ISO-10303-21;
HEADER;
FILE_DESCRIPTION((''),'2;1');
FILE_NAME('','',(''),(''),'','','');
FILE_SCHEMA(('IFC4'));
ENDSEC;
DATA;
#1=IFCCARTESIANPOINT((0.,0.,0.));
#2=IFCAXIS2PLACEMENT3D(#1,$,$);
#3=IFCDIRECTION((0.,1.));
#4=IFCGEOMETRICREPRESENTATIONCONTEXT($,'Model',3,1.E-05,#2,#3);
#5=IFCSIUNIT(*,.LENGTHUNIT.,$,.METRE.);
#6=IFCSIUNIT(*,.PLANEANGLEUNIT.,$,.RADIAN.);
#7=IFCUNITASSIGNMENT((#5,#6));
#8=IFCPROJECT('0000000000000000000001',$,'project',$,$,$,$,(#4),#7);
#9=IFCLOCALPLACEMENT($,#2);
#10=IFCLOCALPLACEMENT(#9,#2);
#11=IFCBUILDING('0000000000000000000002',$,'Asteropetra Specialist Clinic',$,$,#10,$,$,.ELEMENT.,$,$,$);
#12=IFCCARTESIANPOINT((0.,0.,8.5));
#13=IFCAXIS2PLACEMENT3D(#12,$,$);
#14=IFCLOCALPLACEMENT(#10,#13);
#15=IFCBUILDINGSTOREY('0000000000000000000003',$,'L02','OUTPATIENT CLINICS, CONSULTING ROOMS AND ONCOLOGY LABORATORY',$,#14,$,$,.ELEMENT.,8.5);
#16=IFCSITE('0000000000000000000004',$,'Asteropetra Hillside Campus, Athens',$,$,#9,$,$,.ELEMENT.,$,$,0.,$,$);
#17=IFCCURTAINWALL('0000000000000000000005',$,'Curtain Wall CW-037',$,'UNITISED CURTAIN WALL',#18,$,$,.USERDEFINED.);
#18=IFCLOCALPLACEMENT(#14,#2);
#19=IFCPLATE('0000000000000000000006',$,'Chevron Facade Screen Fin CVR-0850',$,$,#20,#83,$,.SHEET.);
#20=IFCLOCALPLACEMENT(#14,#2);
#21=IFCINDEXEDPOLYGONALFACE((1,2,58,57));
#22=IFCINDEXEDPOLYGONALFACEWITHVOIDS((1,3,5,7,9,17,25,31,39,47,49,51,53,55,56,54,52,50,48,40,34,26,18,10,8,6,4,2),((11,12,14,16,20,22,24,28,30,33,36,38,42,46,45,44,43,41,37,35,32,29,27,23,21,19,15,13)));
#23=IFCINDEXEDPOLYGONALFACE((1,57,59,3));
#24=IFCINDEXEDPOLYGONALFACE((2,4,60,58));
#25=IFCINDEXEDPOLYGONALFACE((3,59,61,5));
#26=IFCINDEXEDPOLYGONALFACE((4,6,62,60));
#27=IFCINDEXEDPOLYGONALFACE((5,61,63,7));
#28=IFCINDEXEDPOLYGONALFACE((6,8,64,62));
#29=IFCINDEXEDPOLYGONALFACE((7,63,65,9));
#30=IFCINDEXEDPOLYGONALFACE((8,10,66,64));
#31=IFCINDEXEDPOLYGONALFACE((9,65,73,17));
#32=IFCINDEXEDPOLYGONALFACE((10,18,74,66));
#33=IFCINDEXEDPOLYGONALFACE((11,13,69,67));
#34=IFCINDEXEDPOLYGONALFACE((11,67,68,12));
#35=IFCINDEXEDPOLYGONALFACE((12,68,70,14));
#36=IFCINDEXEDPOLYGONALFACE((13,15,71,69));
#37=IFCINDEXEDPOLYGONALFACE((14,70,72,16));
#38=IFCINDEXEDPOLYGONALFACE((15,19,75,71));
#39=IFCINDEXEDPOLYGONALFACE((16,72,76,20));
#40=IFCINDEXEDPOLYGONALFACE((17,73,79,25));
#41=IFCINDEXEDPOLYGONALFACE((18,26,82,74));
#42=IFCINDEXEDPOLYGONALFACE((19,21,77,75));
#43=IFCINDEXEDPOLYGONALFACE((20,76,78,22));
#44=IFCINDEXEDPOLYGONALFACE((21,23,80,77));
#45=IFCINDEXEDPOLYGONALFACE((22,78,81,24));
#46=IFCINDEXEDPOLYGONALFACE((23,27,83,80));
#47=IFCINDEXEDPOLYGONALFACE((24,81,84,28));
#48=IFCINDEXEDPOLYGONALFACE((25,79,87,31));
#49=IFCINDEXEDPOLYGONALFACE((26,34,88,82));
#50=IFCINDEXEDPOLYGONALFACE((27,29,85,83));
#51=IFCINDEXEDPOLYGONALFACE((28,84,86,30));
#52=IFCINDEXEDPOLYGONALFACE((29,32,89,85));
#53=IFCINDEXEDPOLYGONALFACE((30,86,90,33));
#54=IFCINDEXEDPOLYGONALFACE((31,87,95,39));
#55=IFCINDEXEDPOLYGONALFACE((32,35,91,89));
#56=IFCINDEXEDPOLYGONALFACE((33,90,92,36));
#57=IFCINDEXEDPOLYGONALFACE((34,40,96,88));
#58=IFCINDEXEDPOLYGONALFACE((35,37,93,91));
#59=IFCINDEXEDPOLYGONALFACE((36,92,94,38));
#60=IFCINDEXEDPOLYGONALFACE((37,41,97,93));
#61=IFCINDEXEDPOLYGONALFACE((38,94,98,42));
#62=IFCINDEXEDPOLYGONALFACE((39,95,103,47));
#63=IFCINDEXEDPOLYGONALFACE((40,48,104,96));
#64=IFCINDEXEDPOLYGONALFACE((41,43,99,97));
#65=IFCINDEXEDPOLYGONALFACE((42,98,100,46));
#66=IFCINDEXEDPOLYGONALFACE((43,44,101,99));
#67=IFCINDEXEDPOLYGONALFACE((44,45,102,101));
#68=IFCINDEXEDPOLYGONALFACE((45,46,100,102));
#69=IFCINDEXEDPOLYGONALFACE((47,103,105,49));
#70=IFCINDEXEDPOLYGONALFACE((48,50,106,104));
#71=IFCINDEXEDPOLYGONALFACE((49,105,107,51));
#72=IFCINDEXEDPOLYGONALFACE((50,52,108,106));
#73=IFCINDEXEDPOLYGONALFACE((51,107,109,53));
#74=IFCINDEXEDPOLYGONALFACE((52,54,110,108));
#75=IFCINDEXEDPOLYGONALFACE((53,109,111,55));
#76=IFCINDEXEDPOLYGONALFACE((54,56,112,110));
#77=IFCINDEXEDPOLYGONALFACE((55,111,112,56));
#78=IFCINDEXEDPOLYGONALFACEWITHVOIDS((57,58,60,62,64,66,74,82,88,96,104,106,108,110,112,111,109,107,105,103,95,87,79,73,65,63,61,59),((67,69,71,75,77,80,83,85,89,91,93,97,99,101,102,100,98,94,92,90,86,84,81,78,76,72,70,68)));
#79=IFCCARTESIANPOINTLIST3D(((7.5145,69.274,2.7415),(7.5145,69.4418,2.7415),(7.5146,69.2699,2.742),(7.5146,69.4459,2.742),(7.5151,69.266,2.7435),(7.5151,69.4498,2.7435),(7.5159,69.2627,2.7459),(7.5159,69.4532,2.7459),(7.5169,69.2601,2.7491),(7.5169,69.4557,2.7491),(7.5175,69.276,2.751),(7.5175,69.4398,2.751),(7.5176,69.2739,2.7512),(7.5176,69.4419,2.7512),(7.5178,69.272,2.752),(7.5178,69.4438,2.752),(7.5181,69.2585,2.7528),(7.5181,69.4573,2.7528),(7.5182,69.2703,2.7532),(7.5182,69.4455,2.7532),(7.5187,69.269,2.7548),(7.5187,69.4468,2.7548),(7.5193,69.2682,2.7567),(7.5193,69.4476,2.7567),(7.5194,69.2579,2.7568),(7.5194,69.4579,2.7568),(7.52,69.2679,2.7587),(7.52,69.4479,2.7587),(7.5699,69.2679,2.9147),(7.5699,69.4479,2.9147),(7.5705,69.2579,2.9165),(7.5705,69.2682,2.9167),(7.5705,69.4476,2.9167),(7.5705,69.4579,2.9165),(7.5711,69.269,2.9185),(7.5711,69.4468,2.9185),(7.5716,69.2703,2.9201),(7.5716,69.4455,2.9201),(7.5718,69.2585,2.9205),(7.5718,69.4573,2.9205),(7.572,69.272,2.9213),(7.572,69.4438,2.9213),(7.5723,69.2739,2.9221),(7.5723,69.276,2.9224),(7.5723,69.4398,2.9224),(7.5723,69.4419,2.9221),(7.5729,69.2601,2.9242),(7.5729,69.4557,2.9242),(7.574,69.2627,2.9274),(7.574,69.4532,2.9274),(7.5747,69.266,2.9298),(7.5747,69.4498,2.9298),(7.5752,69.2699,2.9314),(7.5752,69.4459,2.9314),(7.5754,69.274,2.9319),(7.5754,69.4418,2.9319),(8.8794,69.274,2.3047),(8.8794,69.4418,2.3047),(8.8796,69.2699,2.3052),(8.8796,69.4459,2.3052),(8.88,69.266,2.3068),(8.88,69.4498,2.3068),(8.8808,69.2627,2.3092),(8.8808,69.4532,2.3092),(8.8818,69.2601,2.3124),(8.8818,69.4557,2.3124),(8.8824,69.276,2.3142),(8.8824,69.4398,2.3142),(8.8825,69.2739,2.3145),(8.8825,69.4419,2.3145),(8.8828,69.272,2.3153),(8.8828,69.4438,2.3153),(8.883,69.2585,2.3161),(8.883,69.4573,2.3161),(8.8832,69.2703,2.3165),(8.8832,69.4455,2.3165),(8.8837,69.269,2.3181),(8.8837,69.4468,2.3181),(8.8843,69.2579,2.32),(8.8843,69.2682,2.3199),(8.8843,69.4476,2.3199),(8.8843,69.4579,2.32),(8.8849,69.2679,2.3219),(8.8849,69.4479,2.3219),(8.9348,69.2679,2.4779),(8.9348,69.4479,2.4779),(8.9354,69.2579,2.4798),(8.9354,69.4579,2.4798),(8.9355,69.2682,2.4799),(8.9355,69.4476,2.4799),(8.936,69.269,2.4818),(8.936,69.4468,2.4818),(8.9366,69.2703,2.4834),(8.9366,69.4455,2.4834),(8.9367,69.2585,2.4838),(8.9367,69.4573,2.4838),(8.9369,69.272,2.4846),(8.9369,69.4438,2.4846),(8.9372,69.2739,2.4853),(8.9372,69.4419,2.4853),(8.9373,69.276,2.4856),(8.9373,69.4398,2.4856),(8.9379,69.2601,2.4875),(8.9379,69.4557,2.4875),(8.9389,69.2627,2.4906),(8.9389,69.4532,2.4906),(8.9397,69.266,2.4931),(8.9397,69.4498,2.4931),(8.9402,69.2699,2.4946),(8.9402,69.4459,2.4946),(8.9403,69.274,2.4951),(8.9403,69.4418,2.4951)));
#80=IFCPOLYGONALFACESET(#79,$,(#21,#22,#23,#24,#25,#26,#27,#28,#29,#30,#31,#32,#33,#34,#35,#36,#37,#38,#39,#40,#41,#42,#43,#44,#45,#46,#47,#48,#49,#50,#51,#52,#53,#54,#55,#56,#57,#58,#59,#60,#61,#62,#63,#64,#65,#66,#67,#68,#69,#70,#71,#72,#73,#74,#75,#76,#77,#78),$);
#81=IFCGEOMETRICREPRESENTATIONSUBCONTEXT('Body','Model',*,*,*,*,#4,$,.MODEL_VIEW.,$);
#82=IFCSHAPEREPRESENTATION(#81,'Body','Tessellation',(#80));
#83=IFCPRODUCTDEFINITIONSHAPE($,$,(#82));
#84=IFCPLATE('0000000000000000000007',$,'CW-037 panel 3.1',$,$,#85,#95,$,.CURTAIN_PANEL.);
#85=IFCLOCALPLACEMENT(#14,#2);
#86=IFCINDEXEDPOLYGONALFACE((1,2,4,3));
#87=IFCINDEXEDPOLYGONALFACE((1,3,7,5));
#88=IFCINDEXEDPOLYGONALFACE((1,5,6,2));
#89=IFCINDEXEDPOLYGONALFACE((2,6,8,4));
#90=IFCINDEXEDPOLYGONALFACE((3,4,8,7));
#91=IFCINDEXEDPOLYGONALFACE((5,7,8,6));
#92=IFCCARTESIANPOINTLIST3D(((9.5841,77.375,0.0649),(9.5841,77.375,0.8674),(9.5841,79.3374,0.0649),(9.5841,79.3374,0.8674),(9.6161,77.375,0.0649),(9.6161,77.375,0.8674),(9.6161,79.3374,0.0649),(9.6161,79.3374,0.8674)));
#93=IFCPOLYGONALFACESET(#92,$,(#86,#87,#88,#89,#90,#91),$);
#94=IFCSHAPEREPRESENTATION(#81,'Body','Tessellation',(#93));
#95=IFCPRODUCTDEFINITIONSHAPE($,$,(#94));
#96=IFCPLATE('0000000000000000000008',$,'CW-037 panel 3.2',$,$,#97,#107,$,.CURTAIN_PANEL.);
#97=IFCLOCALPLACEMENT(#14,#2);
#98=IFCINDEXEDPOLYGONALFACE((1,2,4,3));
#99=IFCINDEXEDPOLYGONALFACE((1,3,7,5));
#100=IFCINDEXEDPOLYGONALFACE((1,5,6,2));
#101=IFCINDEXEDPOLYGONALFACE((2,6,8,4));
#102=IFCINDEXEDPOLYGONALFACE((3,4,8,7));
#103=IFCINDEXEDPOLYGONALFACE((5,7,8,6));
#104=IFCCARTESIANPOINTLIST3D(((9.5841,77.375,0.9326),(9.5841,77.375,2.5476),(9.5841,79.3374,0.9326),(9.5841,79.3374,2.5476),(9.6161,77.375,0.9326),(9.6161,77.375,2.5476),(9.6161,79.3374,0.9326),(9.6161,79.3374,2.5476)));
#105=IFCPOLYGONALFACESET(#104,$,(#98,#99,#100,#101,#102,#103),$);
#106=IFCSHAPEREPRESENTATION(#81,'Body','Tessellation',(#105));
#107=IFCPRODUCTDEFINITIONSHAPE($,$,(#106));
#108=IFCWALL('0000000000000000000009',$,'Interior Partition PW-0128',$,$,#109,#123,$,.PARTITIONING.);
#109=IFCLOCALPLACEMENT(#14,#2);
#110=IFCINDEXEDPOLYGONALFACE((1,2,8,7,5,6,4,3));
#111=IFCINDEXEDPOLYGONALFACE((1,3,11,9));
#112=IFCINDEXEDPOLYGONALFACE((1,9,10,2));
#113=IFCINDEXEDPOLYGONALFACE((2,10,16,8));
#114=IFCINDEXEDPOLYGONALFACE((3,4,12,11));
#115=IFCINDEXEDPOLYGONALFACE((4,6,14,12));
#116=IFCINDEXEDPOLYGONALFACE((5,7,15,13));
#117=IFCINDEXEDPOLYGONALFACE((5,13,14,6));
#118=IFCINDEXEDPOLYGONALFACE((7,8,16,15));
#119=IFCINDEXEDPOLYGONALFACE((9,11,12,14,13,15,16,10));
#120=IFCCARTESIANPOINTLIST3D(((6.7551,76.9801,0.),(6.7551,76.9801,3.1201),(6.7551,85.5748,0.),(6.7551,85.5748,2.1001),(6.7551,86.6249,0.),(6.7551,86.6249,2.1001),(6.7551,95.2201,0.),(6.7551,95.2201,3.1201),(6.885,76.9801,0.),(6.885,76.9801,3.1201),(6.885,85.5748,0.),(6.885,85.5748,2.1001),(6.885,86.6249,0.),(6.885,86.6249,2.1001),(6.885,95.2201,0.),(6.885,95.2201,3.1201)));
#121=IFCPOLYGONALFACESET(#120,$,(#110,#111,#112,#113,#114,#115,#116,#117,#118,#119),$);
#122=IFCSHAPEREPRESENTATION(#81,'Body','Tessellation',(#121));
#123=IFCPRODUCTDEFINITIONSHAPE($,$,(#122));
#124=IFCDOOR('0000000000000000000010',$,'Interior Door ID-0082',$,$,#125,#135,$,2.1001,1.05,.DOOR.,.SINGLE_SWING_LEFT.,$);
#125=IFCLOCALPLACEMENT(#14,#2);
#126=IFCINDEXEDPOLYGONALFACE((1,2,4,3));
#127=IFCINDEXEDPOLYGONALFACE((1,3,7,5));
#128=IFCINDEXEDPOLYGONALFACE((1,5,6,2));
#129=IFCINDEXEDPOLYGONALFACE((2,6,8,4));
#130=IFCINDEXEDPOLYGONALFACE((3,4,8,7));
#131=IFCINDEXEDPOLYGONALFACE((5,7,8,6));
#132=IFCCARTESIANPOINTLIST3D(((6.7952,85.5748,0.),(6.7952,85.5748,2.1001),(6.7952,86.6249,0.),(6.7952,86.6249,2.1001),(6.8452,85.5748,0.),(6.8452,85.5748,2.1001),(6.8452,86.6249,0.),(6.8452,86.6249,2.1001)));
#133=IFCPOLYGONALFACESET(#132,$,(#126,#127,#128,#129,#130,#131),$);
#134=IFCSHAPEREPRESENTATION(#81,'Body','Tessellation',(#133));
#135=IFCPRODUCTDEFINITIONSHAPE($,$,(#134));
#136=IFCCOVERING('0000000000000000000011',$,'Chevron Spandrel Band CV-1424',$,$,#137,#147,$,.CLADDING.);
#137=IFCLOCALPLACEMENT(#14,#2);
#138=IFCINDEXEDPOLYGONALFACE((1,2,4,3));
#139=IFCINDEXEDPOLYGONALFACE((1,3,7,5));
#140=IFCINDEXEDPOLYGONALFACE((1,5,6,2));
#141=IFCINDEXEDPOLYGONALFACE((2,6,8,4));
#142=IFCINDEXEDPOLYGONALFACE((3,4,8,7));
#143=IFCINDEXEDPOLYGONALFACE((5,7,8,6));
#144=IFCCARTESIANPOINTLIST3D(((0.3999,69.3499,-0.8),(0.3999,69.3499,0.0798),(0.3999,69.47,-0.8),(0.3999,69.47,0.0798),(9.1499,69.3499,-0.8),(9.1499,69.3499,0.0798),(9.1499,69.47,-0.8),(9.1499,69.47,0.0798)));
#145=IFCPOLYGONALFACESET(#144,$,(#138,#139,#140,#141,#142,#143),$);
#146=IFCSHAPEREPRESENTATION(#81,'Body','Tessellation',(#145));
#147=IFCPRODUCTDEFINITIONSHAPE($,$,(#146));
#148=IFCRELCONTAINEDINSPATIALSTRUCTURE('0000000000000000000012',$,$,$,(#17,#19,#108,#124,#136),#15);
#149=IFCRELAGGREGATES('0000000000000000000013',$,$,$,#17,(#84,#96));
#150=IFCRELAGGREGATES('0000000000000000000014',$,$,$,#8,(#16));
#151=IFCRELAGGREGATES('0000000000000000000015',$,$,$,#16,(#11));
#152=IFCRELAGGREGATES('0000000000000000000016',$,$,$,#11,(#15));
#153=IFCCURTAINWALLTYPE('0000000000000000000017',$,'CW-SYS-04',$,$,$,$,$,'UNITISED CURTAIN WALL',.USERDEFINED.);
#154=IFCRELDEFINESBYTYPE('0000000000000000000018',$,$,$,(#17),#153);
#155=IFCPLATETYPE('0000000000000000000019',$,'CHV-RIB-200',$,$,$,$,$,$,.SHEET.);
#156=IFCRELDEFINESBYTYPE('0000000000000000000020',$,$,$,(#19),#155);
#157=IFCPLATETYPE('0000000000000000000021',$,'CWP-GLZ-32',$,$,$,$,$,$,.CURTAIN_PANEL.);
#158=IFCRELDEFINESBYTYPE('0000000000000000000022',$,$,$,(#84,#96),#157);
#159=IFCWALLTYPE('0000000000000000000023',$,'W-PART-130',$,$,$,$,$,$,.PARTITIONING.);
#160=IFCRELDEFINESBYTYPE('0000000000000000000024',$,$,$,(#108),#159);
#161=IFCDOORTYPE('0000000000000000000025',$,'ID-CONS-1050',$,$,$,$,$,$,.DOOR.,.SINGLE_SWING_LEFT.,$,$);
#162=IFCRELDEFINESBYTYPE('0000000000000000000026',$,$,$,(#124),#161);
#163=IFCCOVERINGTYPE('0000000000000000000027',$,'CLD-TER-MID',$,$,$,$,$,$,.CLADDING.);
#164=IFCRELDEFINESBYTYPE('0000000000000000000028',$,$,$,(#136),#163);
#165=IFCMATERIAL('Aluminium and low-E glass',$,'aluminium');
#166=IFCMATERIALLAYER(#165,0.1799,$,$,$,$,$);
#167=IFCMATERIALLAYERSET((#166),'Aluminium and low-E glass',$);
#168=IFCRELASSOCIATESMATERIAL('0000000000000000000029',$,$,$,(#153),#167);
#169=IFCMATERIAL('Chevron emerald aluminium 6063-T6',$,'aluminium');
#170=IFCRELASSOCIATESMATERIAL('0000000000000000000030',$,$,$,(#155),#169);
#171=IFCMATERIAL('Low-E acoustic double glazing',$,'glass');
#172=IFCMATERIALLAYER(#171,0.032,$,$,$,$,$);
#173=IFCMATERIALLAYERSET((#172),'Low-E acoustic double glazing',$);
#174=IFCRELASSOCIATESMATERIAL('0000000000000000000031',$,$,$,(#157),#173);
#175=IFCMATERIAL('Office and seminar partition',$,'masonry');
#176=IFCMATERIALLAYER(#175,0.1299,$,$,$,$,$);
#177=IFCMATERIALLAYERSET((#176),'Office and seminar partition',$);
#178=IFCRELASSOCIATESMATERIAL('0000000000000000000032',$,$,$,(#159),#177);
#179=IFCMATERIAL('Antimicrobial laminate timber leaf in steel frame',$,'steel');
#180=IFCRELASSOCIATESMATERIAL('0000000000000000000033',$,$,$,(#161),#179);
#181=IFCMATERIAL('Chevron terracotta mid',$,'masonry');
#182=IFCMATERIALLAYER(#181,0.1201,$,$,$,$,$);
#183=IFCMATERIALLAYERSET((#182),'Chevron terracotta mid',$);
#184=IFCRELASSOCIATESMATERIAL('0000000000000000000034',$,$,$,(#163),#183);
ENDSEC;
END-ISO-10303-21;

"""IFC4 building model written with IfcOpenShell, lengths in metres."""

from ifc_helpers import new_model, si_unit, direction, frame, frame_2d, origin, origin_2d, place, context, subcontext, project, spatial, rectangle, hollow_rectangle, extrude, material, layer, layer_set, material_profile, profile_set, type_object, element, fill, aggregate, save


model = new_model("IFC4")

# Units and contexts
model_context = context("Model", 3, precision=1e-05, world=origin(), true_north=direction((0.0, 1.0)))
body_context = subcontext(model_context, "Body", "Model", "MODEL_VIEW")
ifc_project = project(units=[si_unit("LENGTHUNIT", "METRE"), si_unit("PLANEANGLEUNIT", "RADIAN")], contexts=[model_context])

# Site, building, storey
site_placement = place(None, origin())
site = spatial("IfcSite", under=ifc_project, at=site_placement, Name="Asteropetra Hillside Campus, Athens", CompositionType="ELEMENT", RefElevation=0.0)
building_placement = place(site_placement, origin())
building = spatial("IfcBuilding", under=site, at=building_placement, Name="Asteropetra Specialist Clinic", CompositionType="ELEMENT")
storey_placement = place(building_placement, frame((0.0, 0.0, 8.5)))
storey = spatial("IfcBuildingStorey", under=building, at=storey_placement, Name="L02", Description="OUTPATIENT CLINICS, CONSULTING ROOMS AND ONCOLOGY LABORATORY", CompositionType="ELEMENT", Elevation=8.5)

# Curtain wall
ifc_material_1 = material(Name="Aluminium and low-E glass", Category="aluminium")
ifc_layer_1 = layer(ifc_material_1, 0.1799)
ifc_layer_set_1 = layer_set([ifc_layer_1], Name="Aluminium and low-E glass")
curtain_wall_type = type_object("IfcCurtainWallType", Name="CW-SYS-04", ElementType="UNITISED CURTAIN WALL", PredefinedType="USERDEFINED", material=ifc_layer_set_1)
curtain_wall_placement = place(storey_placement, origin())
curtain_wall = element("IfcCurtainWall", 1, at=curtain_wall_placement, inside=storey, type_object=curtain_wall_type, Name="Curtain Wall CW-037", ObjectType="UNITISED CURTAIN WALL", PredefinedType="USERDEFINED")

# Plate
ifc_material_2 = material(Name="Chevron emerald aluminium 6063-T6", Category="aluminium")
ifc_material_profile_1 = material_profile(ifc_material_2, hollow_rectangle(XDim=0.2, YDim=0.2, WallThickness=0.01, InnerFilletRadius=0.0081, OuterFilletRadius=0.0161, at=origin_2d()), Name="SHS 200x200x10.0")
ifc_profile_set_1 = profile_set([ifc_material_profile_1], Name="Chevron emerald aluminium 6063-T6")
plate_type_1 = type_object("IfcPlateType", Name="CHV-RIB-200", PredefinedType="SHEET", material=ifc_profile_set_1)
for number, where, z_axis, x_axis, name in (
    (2, (7.5449, 69.3579, 2.8367), (0.95243, 0.0, -0.304757), (0.0, 1.0, 0.0), "Chevron Facade Screen Fin CVR-0850"),
):
    element("IfcPlate", number, at=place(storey_placement, frame(where, z_axis=z_axis, x_axis=x_axis)), inside=storey, type_object=plate_type_1, Name=name, PredefinedType="SHEET", context=body_context, shape_type="SweptSolid", body=[
        extrude(hollow_rectangle(XDim=0.2, YDim=0.2, WallThickness=0.01, InnerFilletRadius=0.0081, OuterFilletRadius=0.0161, at=origin_2d()), origin(), (0.0, 0.0, 1.0), 1.4331),
    ])

# Plates
ifc_material_3 = material(Name="Low-E acoustic double glazing", Category="glass")
ifc_layer_2 = layer(ifc_material_3, 0.032)
ifc_layer_set_2 = layer_set([ifc_layer_2], Name="Low-E acoustic double glazing")
plate_type_2 = type_object("IfcPlateType", Name="CWP-GLZ-32", PredefinedType="CURTAIN_PANEL", material=ifc_layer_set_2)
plate_1_placement = place(storey_placement, frame((9.6001, 78.3562, 0.0649), z_axis=(0.0, 0.0, 1.0), x_axis=(0.0, -1.0, 0.0)))
plate_1 = element("IfcPlate", 3, at=plate_1_placement, type_object=plate_type_2, Name="CW-037 panel 3.1", PredefinedType="CURTAIN_PANEL", context=body_context, shape_type="SweptSolid", body=[
    extrude(rectangle(XDim=1.9624, YDim=0.032, at=origin_2d()), origin(), (0.0, 0.0, 1.0), 0.8025),
])
plate_2_placement = place(storey_placement, frame((9.6001, 78.3562, 0.9326), z_axis=(0.0, 0.0, 1.0), x_axis=(0.0, -1.0, 0.0)))
plate_2 = element("IfcPlate", 4, at=plate_2_placement, type_object=plate_type_2, Name="CW-037 panel 3.2", PredefinedType="CURTAIN_PANEL", context=body_context, shape_type="SweptSolid", body=[
    extrude(rectangle(XDim=1.9624, YDim=0.032, at=origin_2d()), origin(), (0.0, 0.0, 1.0), 1.615),
])
aggregate(curtain_wall, [plate_1, plate_2])

# Wall, opening, door
ifc_material_4 = material(Name="Office and seminar partition", Category="masonry")
ifc_layer_3 = layer(ifc_material_4, 0.1299)
ifc_layer_set_3 = layer_set([ifc_layer_3], Name="Office and seminar partition")
wall_type = type_object("IfcWallType", Name="W-PART-130", PredefinedType="PARTITIONING", material=ifc_layer_set_3)
wall_placement = place(storey_placement, frame((6.8201, 76.98, 0.0), z_axis=(0.0, 0.0, 1.0), x_axis=(0.0, 1.0, 0.0)))
wall = element("IfcWall", 5, at=wall_placement, inside=storey, type_object=wall_type, Name="Interior Partition PW-0128", PredefinedType="PARTITIONING", context=body_context, shape_type="SweptSolid", body=[
    extrude(rectangle(XDim=18.24, YDim=0.1299, at=frame_2d((9.1201, 0.0))), origin(), (0.0, 0.0, 1.0), 3.1201),
])
opening_placement = place(wall_placement, frame((8.595, 0.0, 0.0)))
opening = element("IfcOpeningElement", 6, at=opening_placement, cuts=wall, PredefinedType="OPENING", context=body_context, shape_type="SweptSolid", body=[
    extrude(rectangle(XDim=1.05, YDim=2.1001, at=frame_2d((0.5249, 1.05))), frame((0.0, 0.075, 0.0), z_axis=(0.0, -1.0, 0.0), x_axis=(1.0, 0.0, 0.0)), (0.0, 0.0, 1.0), 0.1499),
])
ifc_material_5 = material(Name="Antimicrobial laminate timber leaf in steel frame", Category="steel")
door_type = type_object("IfcDoorType", Name="ID-CONS-1050", OperationType="SINGLE_SWING_LEFT", PredefinedType="DOOR", material=ifc_material_5)
door_placement = place(opening_placement, origin())
door = element("IfcDoor", 7, at=door_placement, inside=storey, type_object=door_type, Name="Interior Door ID-0082", OperationType="SINGLE_SWING_LEFT", OverallHeight=2.1001, OverallWidth=1.05, PredefinedType="DOOR", context=body_context, shape_type="SweptSolid", body=[
    extrude(rectangle(XDim=1.05, YDim=2.1001, at=frame_2d((0.5249, 1.05))), frame((0.0, 0.0249, 0.0), z_axis=(0.0, -1.0, 0.0), x_axis=(1.0, 0.0, 0.0)), (0.0, 0.0, 1.0), 0.05),
])
fill(opening, door)

# Covering
ifc_material_6 = material(Name="Chevron terracotta mid", Category="masonry")
ifc_layer_4 = layer(ifc_material_6, 0.1201)
ifc_layer_set_4 = layer_set([ifc_layer_4], Name="Chevron terracotta mid")
covering_type = type_object("IfcCoveringType", Name="CLD-TER-MID", PredefinedType="CLADDING", material=ifc_layer_set_4)
covering_placement = place(storey_placement, frame((4.7749, 69.4099, -0.8), z_axis=(0.0, 0.0, 1.0), x_axis=(1.0, 0.0, 0.0)))
element("IfcCovering", 8, at=covering_placement, inside=storey, type_object=covering_type, Name="Chevron Spandrel Band CV-1424", PredefinedType="CLADDING", context=body_context, shape_type="SweptSolid", body=[
    extrude(rectangle(XDim=8.75, YDim=0.1201, at=origin_2d()), origin(), (0.0, 0.0, 1.0), 0.8799),
])

save(model, "model.ifc")
